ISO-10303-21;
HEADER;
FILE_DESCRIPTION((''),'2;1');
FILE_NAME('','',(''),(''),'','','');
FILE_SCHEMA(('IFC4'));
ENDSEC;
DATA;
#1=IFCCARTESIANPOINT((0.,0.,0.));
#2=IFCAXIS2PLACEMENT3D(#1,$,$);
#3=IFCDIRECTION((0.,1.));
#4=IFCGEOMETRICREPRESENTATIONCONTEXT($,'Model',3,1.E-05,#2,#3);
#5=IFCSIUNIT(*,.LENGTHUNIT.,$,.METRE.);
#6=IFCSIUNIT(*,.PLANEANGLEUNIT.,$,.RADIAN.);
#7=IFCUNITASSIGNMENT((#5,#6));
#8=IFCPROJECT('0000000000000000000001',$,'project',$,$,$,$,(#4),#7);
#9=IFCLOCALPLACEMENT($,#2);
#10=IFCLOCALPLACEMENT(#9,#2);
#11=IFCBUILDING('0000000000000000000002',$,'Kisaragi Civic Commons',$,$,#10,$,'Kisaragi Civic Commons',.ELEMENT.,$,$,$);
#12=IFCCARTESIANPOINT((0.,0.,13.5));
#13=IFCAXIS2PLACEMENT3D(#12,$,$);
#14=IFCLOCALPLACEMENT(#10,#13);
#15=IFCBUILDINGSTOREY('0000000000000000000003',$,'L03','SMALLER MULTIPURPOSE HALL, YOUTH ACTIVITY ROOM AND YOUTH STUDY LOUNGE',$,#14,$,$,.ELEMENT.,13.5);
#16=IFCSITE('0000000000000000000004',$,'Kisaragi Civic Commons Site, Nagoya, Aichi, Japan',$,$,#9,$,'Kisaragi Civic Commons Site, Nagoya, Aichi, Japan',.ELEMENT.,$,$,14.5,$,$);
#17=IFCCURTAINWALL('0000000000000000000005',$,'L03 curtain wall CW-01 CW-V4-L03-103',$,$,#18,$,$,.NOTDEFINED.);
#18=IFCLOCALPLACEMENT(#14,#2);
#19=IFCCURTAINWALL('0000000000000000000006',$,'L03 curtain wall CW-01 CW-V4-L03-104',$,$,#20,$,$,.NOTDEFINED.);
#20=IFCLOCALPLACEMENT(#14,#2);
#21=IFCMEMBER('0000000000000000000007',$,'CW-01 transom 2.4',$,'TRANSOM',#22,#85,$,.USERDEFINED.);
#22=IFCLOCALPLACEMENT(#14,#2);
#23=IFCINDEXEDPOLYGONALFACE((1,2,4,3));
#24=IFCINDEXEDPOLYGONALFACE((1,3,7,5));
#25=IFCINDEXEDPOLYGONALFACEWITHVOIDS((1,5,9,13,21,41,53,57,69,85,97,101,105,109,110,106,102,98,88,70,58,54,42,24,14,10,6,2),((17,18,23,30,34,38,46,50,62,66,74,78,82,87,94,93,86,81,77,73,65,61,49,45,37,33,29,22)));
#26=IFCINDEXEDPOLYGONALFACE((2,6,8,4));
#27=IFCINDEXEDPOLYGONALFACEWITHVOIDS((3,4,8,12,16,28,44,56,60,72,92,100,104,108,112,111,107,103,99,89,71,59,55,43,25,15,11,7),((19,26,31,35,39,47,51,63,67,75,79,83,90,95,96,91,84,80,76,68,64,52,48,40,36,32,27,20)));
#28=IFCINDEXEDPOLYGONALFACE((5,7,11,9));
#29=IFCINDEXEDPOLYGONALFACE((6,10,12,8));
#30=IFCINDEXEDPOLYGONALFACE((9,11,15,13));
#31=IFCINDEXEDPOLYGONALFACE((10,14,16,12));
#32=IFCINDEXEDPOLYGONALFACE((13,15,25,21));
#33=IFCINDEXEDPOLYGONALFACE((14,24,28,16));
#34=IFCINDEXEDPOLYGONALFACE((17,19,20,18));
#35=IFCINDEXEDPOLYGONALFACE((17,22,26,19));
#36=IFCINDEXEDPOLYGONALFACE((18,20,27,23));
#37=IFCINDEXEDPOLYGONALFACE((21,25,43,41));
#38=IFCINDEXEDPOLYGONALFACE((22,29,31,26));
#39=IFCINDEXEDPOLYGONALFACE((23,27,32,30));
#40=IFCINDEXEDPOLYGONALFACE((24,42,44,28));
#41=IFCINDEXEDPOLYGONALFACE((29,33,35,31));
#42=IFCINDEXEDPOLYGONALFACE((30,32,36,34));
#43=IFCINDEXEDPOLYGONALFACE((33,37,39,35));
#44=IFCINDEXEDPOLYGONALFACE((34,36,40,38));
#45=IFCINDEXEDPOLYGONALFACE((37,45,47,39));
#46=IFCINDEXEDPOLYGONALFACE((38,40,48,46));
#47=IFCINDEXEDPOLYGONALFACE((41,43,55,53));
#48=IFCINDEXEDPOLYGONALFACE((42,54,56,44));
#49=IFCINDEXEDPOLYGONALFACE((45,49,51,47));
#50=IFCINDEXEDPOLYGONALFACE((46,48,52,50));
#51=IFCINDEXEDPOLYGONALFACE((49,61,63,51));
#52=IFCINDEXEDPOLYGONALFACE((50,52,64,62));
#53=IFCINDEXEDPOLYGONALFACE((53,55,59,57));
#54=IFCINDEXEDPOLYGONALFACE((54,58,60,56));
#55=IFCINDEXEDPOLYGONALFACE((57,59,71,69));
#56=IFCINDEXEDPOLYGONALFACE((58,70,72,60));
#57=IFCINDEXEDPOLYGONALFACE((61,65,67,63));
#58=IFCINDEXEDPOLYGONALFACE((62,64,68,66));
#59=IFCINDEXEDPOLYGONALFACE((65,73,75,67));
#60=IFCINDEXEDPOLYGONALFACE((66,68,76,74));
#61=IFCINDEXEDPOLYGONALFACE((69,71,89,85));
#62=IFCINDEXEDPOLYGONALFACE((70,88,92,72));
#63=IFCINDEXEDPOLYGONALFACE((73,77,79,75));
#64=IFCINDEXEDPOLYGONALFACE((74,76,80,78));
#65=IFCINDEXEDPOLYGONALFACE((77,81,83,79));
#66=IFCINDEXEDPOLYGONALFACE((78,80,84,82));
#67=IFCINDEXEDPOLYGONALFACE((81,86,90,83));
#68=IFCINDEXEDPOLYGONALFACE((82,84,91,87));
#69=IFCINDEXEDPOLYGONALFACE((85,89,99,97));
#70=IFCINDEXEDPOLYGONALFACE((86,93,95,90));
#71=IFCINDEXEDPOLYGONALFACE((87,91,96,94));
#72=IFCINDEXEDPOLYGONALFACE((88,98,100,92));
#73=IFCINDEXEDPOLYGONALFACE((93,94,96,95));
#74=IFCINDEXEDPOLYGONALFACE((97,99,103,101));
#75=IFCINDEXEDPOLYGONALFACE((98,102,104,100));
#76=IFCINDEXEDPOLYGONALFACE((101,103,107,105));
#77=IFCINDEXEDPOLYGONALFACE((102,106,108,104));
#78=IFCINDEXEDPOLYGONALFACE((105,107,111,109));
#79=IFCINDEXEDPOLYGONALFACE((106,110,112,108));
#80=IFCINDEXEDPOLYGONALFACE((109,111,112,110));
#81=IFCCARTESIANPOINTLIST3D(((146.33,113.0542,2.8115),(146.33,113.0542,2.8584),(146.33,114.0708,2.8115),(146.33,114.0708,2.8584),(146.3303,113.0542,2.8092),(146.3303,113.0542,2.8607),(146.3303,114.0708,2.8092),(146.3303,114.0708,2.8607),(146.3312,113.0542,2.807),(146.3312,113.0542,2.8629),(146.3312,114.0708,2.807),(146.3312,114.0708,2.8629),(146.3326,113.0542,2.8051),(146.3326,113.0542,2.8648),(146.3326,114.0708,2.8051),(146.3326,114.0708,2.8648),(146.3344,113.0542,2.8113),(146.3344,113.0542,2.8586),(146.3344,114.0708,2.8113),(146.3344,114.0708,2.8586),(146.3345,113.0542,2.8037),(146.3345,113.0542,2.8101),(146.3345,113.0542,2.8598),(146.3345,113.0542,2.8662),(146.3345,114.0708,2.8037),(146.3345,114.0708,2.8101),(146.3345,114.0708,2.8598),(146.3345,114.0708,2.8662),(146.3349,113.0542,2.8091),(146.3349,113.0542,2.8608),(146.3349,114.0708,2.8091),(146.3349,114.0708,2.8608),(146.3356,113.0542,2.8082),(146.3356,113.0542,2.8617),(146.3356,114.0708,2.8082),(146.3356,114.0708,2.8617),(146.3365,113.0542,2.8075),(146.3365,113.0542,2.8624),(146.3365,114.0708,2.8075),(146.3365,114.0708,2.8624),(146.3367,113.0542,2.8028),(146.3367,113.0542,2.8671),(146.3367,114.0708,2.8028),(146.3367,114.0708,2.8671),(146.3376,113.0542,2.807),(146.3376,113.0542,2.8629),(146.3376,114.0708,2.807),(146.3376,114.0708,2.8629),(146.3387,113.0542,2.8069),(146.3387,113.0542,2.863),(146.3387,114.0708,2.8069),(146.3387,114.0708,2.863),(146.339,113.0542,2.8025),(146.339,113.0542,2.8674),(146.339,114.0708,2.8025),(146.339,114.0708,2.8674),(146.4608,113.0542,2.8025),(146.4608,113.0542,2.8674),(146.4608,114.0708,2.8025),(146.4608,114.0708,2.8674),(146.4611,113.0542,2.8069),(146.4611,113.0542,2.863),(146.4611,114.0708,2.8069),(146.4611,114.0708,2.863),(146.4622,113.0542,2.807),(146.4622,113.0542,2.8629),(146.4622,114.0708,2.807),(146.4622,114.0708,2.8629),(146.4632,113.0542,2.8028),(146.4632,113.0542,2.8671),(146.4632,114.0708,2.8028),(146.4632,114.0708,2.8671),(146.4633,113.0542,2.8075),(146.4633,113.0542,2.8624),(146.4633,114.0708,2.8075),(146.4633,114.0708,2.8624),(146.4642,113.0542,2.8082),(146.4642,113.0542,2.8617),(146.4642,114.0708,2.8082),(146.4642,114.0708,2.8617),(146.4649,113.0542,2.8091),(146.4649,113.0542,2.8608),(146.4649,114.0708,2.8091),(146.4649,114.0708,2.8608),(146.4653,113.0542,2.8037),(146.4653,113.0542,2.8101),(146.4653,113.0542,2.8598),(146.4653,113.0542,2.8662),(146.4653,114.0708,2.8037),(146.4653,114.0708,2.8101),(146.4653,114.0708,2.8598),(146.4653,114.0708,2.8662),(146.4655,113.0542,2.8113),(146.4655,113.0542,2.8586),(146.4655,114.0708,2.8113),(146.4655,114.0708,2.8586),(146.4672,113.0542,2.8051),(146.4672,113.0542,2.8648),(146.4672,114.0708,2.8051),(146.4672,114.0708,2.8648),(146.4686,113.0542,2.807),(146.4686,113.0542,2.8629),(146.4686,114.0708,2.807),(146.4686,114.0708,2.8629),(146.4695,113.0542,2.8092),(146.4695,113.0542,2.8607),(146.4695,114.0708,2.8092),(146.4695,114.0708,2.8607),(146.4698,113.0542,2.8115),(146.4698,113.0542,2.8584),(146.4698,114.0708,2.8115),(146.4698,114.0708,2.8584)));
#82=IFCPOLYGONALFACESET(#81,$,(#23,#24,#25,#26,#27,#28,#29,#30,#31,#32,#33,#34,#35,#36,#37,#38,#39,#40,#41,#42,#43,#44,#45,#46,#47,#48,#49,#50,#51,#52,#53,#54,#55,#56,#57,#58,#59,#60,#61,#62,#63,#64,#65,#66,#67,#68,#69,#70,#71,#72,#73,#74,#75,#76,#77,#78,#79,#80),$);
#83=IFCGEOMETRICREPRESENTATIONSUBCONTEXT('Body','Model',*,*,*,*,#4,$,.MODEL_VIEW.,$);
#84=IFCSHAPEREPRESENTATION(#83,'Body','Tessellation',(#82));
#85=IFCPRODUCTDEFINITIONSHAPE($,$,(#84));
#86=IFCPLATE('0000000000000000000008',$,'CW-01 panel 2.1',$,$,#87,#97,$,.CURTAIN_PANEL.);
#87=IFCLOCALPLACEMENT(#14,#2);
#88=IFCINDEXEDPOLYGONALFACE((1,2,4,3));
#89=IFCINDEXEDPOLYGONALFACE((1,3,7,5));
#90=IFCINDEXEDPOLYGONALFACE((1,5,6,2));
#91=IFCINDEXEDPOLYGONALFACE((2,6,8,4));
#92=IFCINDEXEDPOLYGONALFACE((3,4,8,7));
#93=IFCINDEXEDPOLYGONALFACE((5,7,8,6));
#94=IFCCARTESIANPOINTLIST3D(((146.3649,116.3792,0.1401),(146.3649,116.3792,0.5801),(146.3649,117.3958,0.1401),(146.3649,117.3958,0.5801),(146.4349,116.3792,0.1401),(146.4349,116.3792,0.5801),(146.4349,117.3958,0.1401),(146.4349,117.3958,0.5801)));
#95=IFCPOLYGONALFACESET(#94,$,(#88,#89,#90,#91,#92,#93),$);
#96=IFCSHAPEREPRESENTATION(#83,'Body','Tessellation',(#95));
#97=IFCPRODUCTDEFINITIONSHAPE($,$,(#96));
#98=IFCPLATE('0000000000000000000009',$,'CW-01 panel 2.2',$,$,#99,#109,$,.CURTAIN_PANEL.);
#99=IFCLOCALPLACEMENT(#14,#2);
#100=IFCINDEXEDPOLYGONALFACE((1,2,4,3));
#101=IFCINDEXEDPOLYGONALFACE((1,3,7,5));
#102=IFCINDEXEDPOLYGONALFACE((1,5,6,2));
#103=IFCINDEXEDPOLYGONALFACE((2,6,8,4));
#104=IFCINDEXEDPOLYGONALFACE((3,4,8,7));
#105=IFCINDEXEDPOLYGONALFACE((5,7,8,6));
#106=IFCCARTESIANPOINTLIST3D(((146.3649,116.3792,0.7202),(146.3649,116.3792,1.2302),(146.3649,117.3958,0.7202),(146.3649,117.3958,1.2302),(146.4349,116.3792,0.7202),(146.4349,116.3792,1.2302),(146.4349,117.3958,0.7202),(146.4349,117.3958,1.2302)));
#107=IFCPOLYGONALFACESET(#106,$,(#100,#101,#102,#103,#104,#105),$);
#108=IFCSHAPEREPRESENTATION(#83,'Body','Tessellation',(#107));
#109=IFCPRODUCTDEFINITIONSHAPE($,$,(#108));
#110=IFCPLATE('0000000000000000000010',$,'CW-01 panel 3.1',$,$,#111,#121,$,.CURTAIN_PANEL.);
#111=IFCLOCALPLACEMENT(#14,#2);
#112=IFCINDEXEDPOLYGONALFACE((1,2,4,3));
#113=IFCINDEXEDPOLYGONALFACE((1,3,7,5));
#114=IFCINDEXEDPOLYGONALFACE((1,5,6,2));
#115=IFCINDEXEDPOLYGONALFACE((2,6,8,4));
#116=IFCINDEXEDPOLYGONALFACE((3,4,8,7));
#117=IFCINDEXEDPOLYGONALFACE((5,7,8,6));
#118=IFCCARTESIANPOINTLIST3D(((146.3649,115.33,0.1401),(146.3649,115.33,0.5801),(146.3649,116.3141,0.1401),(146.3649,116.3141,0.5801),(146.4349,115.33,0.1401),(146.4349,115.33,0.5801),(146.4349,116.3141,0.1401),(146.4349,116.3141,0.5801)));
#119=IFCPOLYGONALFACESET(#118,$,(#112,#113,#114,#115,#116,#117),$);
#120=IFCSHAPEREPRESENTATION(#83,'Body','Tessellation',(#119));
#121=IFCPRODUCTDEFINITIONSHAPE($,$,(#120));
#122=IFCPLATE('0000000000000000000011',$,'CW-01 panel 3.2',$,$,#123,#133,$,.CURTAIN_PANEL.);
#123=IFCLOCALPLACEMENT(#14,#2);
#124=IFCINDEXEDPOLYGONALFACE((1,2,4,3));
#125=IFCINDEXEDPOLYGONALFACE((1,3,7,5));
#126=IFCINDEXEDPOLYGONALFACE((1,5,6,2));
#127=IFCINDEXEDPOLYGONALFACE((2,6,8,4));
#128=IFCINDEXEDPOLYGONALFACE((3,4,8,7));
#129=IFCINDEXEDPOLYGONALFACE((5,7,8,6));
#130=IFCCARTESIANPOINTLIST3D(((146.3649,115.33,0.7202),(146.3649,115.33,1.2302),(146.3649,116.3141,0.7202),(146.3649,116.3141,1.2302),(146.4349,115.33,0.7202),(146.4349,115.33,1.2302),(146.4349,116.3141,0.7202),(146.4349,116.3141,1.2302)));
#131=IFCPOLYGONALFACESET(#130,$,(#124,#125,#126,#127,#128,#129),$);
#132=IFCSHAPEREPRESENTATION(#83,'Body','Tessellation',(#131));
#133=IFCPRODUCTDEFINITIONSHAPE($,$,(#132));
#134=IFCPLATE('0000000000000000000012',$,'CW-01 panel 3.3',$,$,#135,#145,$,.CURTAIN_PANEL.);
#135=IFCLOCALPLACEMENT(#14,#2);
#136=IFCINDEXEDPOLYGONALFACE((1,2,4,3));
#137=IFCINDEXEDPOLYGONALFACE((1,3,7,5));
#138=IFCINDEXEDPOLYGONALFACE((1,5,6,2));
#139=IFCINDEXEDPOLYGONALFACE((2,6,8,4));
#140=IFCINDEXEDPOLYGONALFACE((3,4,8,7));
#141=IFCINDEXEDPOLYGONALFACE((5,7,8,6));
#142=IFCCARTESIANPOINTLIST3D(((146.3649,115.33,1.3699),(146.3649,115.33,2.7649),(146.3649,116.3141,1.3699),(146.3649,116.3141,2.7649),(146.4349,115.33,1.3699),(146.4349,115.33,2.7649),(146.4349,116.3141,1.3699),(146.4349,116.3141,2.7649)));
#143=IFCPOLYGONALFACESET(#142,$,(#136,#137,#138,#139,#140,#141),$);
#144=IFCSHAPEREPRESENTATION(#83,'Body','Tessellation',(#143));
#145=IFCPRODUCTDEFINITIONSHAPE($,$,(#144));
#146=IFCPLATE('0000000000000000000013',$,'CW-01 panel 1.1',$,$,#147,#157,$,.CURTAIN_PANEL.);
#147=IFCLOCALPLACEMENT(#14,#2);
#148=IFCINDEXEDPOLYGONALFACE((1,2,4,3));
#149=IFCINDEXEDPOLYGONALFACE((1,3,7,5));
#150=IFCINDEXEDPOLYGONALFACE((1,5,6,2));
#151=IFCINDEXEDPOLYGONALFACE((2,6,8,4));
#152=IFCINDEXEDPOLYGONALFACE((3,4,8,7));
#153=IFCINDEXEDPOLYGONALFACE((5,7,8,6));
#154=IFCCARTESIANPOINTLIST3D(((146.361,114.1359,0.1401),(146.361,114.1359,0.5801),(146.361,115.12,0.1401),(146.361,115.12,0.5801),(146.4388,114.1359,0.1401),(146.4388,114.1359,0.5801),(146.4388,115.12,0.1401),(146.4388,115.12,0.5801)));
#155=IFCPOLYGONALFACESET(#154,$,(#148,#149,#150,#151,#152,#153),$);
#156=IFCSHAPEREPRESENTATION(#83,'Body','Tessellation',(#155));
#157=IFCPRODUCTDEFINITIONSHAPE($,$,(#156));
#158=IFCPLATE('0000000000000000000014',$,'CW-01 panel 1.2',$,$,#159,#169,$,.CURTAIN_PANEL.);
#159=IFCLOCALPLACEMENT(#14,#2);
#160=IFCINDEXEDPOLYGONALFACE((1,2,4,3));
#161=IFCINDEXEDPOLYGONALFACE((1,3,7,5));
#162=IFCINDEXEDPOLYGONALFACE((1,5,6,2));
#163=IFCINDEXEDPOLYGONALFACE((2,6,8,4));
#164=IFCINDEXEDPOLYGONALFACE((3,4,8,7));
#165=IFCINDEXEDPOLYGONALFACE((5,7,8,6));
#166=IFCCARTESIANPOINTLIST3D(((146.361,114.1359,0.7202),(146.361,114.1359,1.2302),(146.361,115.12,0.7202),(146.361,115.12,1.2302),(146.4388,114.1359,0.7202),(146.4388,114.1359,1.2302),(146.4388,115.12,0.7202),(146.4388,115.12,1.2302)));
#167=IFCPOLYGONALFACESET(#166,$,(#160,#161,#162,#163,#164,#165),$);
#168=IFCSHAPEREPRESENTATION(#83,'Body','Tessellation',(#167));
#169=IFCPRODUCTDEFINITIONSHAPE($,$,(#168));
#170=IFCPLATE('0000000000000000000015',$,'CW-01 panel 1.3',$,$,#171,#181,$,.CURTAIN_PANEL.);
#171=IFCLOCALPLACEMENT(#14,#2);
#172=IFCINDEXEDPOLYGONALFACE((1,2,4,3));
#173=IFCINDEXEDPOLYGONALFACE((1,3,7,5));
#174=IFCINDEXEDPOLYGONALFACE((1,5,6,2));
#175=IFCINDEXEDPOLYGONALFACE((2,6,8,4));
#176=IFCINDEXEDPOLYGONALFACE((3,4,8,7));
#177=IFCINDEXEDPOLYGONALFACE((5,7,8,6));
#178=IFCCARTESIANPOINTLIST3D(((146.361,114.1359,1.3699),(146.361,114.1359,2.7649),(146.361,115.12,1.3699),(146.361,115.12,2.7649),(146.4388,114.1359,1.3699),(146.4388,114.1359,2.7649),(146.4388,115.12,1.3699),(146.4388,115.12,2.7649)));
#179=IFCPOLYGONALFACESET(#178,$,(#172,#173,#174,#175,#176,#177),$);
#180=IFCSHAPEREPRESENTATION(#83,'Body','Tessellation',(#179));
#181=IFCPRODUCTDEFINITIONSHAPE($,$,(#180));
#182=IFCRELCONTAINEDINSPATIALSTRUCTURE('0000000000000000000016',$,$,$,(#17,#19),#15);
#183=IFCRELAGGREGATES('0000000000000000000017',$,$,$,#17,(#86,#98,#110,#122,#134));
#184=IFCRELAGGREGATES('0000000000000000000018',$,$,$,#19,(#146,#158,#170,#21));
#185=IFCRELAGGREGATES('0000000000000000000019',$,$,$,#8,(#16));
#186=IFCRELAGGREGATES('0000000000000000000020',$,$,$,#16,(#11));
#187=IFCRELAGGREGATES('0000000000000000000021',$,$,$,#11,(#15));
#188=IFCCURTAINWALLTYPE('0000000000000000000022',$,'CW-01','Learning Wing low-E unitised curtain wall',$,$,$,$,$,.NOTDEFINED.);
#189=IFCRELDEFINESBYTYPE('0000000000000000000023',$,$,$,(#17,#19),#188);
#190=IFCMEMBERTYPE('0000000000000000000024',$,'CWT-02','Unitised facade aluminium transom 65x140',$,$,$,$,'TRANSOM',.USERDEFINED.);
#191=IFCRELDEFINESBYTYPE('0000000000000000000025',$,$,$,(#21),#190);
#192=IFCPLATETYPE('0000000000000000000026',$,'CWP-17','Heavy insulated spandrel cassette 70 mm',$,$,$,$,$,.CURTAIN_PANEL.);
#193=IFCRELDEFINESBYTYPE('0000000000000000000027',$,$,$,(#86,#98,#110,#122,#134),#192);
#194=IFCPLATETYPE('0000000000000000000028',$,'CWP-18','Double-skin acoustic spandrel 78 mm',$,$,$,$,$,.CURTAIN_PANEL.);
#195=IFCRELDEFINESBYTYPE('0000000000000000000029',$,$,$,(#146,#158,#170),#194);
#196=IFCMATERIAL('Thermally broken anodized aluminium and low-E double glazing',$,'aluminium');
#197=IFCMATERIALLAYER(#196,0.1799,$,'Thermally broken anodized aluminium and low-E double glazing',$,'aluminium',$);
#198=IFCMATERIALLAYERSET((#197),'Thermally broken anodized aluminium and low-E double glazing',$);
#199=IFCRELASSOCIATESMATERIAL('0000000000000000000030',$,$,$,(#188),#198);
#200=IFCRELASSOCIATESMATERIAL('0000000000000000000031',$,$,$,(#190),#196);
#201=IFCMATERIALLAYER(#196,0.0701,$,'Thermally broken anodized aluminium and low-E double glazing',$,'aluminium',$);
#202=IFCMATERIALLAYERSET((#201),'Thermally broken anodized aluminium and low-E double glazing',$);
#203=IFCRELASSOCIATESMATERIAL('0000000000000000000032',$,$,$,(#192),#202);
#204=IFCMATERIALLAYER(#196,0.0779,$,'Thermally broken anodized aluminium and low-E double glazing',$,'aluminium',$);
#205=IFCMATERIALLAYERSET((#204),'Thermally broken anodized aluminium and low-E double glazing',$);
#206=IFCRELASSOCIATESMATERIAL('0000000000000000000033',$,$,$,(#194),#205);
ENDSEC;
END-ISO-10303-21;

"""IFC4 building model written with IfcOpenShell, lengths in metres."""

from ifc_helpers import new_model, si_unit, direction, frame, origin, origin_2d, place, context, subcontext, project, spatial, rectangle, hollow_rectangle, extrude, material, layer, layer_set, material_profile, profile_set, type_object, element, aggregate, save


model = new_model("IFC4")

# Units and contexts
model_context = context("Model", 3, precision=1e-05, world=origin(), true_north=direction((0.0, 1.0)))
body_context = subcontext(model_context, "Body", "Model", "MODEL_VIEW")
ifc_project = project(units=[si_unit("LENGTHUNIT", "METRE"), si_unit("PLANEANGLEUNIT", "RADIAN")], contexts=[model_context])

# Site, building, storey
site_placement = place(None, origin())
site = spatial("IfcSite", under=ifc_project, at=site_placement, Name="Kisaragi Civic Commons Site, Nagoya, Aichi, Japan", LongName="Kisaragi Civic Commons Site, Nagoya, Aichi, Japan", CompositionType="ELEMENT", RefElevation=14.5)
building_placement = place(site_placement, origin())
building = spatial("IfcBuilding", under=site, at=building_placement, Name="Kisaragi Civic Commons", LongName="Kisaragi Civic Commons", CompositionType="ELEMENT")
storey_placement = place(building_placement, frame((0.0, 0.0, 13.5)))
storey = spatial("IfcBuildingStorey", under=building, at=storey_placement, Name="L03", Description="SMALLER MULTIPURPOSE HALL, YOUTH ACTIVITY ROOM AND YOUTH STUDY LOUNGE", CompositionType="ELEMENT", Elevation=13.5)

# Curtain walls
ifc_material = material(Name="Thermally broken anodized aluminium and low-E double glazing", Category="aluminium")
ifc_layer_1 = layer(ifc_material, 0.1799, Name="Thermally broken anodized aluminium and low-E double glazing", Category="aluminium")
ifc_layer_set_1 = layer_set([ifc_layer_1], Name="Thermally broken anodized aluminium and low-E double glazing")
curtain_wall_type = type_object("IfcCurtainWallType", Name="CW-01", Description="Learning Wing low-E unitised curtain wall", PredefinedType="NOTDEFINED", material=ifc_layer_set_1)
curtain_wall_1_placement = place(storey_placement, origin())
curtain_wall_1 = element("IfcCurtainWall", 1, at=curtain_wall_1_placement, inside=storey, type_object=curtain_wall_type, Name="L03 curtain wall CW-01 CW-V4-L03-103", PredefinedType="NOTDEFINED")
curtain_wall_2_placement = place(storey_placement, origin())
curtain_wall_2 = element("IfcCurtainWall", 2, at=curtain_wall_2_placement, inside=storey, type_object=curtain_wall_type, Name="L03 curtain wall CW-01 CW-V4-L03-104", PredefinedType="NOTDEFINED")

# Member
ifc_material_profile_1 = material_profile(ifc_material, hollow_rectangle(XDim=0.1399, YDim=0.0649, WallThickness=0.0044, InnerFilletRadius=0.0044, OuterFilletRadius=0.009, at=origin_2d()), Name="CWT-65x140x4.5", Category="aluminium")
ifc_profile_set_1 = profile_set([ifc_material_profile_1], Name="Thermally broken anodized aluminium and low-E double glazing")
member_type_1 = type_object("IfcMemberType", Name="CWT-02", Description="Unitised facade aluminium transom 65x140", ElementType="TRANSOM", PredefinedType="USERDEFINED", material=ifc_profile_set_1)
member_1_placement = place(storey_placement, frame((146.3999, 114.0708, 2.835), z_axis=(0.0, -1.0, 0.0), x_axis=(1.0, 0.0, 0.0)))
member_1 = element("IfcMember", 3, at=member_1_placement, type_object=member_type_1, Name="CW-01 transom 2.4", ObjectType="TRANSOM", PredefinedType="USERDEFINED", context=body_context, shape_type="SweptSolid", body=[
    extrude(hollow_rectangle(XDim=0.1399, YDim=0.0649, WallThickness=0.0044, InnerFilletRadius=0.0044, OuterFilletRadius=0.009, at=origin_2d()), origin(), (0.0, 0.0, 1.0), 1.0166),
])

# Plates
ifc_layer_2 = layer(ifc_material, 0.0701, Name="Thermally broken anodized aluminium and low-E double glazing", Category="aluminium")
ifc_layer_set_2 = layer_set([ifc_layer_2], Name="Thermally broken anodized aluminium and low-E double glazing")
plate_type_1 = type_object("IfcPlateType", Name="CWP-17", Description="Heavy insulated spandrel cassette 70 mm", PredefinedType="CURTAIN_PANEL", material=ifc_layer_set_2)
plate_1_placement = place(storey_placement, frame((146.3999, 116.8875, 0.1401), z_axis=(0.0, 0.0, 1.0), x_axis=(0.0, -1.0, 0.0)))
plate_1 = element("IfcPlate", 4, at=plate_1_placement, type_object=plate_type_1, Name="CW-01 panel 2.1", PredefinedType="CURTAIN_PANEL", context=body_context, shape_type="SweptSolid", body=[
    extrude(rectangle(XDim=1.0166, YDim=0.0701, at=origin_2d()), origin(), (0.0, 0.0, 1.0), 0.4399),
])
plate_2_placement = place(storey_placement, frame((146.3999, 116.8875, 0.7202), z_axis=(0.0, 0.0, 1.0), x_axis=(0.0, -1.0, 0.0)))
plate_2 = element("IfcPlate", 5, at=plate_2_placement, type_object=plate_type_1, Name="CW-01 panel 2.2", PredefinedType="CURTAIN_PANEL", context=body_context, shape_type="SweptSolid", body=[
    extrude(rectangle(XDim=1.0166, YDim=0.0701, at=origin_2d()), origin(), (0.0, 0.0, 1.0), 0.51),
])
plate_3_placement = place(storey_placement, frame((146.3999, 115.822, 0.1401), z_axis=(0.0, 0.0, 1.0), x_axis=(0.0, -1.0, 0.0)))
plate_3 = element("IfcPlate", 6, at=plate_3_placement, type_object=plate_type_1, Name="CW-01 panel 3.1", PredefinedType="CURTAIN_PANEL", context=body_context, shape_type="SweptSolid", body=[
    extrude(rectangle(XDim=0.9841, YDim=0.0701, at=origin_2d()), origin(), (0.0, 0.0, 1.0), 0.4399),
])
plate_4_placement = place(storey_placement, frame((146.3999, 115.822, 0.7202), z_axis=(0.0, 0.0, 1.0), x_axis=(0.0, -1.0, 0.0)))
plate_4 = element("IfcPlate", 7, at=plate_4_placement, type_object=plate_type_1, Name="CW-01 panel 3.2", PredefinedType="CURTAIN_PANEL", context=body_context, shape_type="SweptSolid", body=[
    extrude(rectangle(XDim=0.9841, YDim=0.0701, at=origin_2d()), origin(), (0.0, 0.0, 1.0), 0.51),
])
plate_5_placement = place(storey_placement, frame((146.3999, 115.822, 1.3699), z_axis=(0.0, 0.0, 1.0), x_axis=(0.0, -1.0, 0.0)))
plate_5 = element("IfcPlate", 8, at=plate_5_placement, type_object=plate_type_1, Name="CW-01 panel 3.3", PredefinedType="CURTAIN_PANEL", context=body_context, shape_type="SweptSolid", body=[
    extrude(rectangle(XDim=0.9841, YDim=0.0701, at=origin_2d()), origin(), (0.0, 0.0, 1.0), 1.395),
])
aggregate(curtain_wall_1, [plate_1, plate_2, plate_3, plate_4, plate_5])
ifc_layer_3 = layer(ifc_material, 0.0779, Name="Thermally broken anodized aluminium and low-E double glazing", Category="aluminium")
ifc_layer_set_3 = layer_set([ifc_layer_3], Name="Thermally broken anodized aluminium and low-E double glazing")
plate_type_2 = type_object("IfcPlateType", Name="CWP-18", Description="Double-skin acoustic spandrel 78 mm", PredefinedType="CURTAIN_PANEL", material=ifc_layer_set_3)
plate_6_placement = place(storey_placement, frame((146.3999, 114.6279, 0.1401), z_axis=(0.0, 0.0, 1.0), x_axis=(0.0, -1.0, 0.0)))
plate_6 = element("IfcPlate", 9, at=plate_6_placement, type_object=plate_type_2, Name="CW-01 panel 1.1", PredefinedType="CURTAIN_PANEL", context=body_context, shape_type="SweptSolid", body=[
    extrude(rectangle(XDim=0.9841, YDim=0.0779, at=origin_2d()), origin(), (0.0, 0.0, 1.0), 0.4399),
])
plate_7_placement = place(storey_placement, frame((146.3999, 114.6279, 0.7202), z_axis=(0.0, 0.0, 1.0), x_axis=(0.0, -1.0, 0.0)))
plate_7 = element("IfcPlate", 10, at=plate_7_placement, type_object=plate_type_2, Name="CW-01 panel 1.2", PredefinedType="CURTAIN_PANEL", context=body_context, shape_type="SweptSolid", body=[
    extrude(rectangle(XDim=0.9841, YDim=0.0779, at=origin_2d()), origin(), (0.0, 0.0, 1.0), 0.51),
])
plate_8_placement = place(storey_placement, frame((146.3999, 114.6279, 1.3699), z_axis=(0.0, 0.0, 1.0), x_axis=(0.0, -1.0, 0.0)))
plate_8 = element("IfcPlate", 11, at=plate_8_placement, type_object=plate_type_2, Name="CW-01 panel 1.3", PredefinedType="CURTAIN_PANEL", context=body_context, shape_type="SweptSolid", body=[
    extrude(rectangle(XDim=0.9841, YDim=0.0779, at=origin_2d()), origin(), (0.0, 0.0, 1.0), 1.395),
])
aggregate(curtain_wall_2, [plate_6, plate_7, plate_8, member_1])

save(model, "model.ifc")
